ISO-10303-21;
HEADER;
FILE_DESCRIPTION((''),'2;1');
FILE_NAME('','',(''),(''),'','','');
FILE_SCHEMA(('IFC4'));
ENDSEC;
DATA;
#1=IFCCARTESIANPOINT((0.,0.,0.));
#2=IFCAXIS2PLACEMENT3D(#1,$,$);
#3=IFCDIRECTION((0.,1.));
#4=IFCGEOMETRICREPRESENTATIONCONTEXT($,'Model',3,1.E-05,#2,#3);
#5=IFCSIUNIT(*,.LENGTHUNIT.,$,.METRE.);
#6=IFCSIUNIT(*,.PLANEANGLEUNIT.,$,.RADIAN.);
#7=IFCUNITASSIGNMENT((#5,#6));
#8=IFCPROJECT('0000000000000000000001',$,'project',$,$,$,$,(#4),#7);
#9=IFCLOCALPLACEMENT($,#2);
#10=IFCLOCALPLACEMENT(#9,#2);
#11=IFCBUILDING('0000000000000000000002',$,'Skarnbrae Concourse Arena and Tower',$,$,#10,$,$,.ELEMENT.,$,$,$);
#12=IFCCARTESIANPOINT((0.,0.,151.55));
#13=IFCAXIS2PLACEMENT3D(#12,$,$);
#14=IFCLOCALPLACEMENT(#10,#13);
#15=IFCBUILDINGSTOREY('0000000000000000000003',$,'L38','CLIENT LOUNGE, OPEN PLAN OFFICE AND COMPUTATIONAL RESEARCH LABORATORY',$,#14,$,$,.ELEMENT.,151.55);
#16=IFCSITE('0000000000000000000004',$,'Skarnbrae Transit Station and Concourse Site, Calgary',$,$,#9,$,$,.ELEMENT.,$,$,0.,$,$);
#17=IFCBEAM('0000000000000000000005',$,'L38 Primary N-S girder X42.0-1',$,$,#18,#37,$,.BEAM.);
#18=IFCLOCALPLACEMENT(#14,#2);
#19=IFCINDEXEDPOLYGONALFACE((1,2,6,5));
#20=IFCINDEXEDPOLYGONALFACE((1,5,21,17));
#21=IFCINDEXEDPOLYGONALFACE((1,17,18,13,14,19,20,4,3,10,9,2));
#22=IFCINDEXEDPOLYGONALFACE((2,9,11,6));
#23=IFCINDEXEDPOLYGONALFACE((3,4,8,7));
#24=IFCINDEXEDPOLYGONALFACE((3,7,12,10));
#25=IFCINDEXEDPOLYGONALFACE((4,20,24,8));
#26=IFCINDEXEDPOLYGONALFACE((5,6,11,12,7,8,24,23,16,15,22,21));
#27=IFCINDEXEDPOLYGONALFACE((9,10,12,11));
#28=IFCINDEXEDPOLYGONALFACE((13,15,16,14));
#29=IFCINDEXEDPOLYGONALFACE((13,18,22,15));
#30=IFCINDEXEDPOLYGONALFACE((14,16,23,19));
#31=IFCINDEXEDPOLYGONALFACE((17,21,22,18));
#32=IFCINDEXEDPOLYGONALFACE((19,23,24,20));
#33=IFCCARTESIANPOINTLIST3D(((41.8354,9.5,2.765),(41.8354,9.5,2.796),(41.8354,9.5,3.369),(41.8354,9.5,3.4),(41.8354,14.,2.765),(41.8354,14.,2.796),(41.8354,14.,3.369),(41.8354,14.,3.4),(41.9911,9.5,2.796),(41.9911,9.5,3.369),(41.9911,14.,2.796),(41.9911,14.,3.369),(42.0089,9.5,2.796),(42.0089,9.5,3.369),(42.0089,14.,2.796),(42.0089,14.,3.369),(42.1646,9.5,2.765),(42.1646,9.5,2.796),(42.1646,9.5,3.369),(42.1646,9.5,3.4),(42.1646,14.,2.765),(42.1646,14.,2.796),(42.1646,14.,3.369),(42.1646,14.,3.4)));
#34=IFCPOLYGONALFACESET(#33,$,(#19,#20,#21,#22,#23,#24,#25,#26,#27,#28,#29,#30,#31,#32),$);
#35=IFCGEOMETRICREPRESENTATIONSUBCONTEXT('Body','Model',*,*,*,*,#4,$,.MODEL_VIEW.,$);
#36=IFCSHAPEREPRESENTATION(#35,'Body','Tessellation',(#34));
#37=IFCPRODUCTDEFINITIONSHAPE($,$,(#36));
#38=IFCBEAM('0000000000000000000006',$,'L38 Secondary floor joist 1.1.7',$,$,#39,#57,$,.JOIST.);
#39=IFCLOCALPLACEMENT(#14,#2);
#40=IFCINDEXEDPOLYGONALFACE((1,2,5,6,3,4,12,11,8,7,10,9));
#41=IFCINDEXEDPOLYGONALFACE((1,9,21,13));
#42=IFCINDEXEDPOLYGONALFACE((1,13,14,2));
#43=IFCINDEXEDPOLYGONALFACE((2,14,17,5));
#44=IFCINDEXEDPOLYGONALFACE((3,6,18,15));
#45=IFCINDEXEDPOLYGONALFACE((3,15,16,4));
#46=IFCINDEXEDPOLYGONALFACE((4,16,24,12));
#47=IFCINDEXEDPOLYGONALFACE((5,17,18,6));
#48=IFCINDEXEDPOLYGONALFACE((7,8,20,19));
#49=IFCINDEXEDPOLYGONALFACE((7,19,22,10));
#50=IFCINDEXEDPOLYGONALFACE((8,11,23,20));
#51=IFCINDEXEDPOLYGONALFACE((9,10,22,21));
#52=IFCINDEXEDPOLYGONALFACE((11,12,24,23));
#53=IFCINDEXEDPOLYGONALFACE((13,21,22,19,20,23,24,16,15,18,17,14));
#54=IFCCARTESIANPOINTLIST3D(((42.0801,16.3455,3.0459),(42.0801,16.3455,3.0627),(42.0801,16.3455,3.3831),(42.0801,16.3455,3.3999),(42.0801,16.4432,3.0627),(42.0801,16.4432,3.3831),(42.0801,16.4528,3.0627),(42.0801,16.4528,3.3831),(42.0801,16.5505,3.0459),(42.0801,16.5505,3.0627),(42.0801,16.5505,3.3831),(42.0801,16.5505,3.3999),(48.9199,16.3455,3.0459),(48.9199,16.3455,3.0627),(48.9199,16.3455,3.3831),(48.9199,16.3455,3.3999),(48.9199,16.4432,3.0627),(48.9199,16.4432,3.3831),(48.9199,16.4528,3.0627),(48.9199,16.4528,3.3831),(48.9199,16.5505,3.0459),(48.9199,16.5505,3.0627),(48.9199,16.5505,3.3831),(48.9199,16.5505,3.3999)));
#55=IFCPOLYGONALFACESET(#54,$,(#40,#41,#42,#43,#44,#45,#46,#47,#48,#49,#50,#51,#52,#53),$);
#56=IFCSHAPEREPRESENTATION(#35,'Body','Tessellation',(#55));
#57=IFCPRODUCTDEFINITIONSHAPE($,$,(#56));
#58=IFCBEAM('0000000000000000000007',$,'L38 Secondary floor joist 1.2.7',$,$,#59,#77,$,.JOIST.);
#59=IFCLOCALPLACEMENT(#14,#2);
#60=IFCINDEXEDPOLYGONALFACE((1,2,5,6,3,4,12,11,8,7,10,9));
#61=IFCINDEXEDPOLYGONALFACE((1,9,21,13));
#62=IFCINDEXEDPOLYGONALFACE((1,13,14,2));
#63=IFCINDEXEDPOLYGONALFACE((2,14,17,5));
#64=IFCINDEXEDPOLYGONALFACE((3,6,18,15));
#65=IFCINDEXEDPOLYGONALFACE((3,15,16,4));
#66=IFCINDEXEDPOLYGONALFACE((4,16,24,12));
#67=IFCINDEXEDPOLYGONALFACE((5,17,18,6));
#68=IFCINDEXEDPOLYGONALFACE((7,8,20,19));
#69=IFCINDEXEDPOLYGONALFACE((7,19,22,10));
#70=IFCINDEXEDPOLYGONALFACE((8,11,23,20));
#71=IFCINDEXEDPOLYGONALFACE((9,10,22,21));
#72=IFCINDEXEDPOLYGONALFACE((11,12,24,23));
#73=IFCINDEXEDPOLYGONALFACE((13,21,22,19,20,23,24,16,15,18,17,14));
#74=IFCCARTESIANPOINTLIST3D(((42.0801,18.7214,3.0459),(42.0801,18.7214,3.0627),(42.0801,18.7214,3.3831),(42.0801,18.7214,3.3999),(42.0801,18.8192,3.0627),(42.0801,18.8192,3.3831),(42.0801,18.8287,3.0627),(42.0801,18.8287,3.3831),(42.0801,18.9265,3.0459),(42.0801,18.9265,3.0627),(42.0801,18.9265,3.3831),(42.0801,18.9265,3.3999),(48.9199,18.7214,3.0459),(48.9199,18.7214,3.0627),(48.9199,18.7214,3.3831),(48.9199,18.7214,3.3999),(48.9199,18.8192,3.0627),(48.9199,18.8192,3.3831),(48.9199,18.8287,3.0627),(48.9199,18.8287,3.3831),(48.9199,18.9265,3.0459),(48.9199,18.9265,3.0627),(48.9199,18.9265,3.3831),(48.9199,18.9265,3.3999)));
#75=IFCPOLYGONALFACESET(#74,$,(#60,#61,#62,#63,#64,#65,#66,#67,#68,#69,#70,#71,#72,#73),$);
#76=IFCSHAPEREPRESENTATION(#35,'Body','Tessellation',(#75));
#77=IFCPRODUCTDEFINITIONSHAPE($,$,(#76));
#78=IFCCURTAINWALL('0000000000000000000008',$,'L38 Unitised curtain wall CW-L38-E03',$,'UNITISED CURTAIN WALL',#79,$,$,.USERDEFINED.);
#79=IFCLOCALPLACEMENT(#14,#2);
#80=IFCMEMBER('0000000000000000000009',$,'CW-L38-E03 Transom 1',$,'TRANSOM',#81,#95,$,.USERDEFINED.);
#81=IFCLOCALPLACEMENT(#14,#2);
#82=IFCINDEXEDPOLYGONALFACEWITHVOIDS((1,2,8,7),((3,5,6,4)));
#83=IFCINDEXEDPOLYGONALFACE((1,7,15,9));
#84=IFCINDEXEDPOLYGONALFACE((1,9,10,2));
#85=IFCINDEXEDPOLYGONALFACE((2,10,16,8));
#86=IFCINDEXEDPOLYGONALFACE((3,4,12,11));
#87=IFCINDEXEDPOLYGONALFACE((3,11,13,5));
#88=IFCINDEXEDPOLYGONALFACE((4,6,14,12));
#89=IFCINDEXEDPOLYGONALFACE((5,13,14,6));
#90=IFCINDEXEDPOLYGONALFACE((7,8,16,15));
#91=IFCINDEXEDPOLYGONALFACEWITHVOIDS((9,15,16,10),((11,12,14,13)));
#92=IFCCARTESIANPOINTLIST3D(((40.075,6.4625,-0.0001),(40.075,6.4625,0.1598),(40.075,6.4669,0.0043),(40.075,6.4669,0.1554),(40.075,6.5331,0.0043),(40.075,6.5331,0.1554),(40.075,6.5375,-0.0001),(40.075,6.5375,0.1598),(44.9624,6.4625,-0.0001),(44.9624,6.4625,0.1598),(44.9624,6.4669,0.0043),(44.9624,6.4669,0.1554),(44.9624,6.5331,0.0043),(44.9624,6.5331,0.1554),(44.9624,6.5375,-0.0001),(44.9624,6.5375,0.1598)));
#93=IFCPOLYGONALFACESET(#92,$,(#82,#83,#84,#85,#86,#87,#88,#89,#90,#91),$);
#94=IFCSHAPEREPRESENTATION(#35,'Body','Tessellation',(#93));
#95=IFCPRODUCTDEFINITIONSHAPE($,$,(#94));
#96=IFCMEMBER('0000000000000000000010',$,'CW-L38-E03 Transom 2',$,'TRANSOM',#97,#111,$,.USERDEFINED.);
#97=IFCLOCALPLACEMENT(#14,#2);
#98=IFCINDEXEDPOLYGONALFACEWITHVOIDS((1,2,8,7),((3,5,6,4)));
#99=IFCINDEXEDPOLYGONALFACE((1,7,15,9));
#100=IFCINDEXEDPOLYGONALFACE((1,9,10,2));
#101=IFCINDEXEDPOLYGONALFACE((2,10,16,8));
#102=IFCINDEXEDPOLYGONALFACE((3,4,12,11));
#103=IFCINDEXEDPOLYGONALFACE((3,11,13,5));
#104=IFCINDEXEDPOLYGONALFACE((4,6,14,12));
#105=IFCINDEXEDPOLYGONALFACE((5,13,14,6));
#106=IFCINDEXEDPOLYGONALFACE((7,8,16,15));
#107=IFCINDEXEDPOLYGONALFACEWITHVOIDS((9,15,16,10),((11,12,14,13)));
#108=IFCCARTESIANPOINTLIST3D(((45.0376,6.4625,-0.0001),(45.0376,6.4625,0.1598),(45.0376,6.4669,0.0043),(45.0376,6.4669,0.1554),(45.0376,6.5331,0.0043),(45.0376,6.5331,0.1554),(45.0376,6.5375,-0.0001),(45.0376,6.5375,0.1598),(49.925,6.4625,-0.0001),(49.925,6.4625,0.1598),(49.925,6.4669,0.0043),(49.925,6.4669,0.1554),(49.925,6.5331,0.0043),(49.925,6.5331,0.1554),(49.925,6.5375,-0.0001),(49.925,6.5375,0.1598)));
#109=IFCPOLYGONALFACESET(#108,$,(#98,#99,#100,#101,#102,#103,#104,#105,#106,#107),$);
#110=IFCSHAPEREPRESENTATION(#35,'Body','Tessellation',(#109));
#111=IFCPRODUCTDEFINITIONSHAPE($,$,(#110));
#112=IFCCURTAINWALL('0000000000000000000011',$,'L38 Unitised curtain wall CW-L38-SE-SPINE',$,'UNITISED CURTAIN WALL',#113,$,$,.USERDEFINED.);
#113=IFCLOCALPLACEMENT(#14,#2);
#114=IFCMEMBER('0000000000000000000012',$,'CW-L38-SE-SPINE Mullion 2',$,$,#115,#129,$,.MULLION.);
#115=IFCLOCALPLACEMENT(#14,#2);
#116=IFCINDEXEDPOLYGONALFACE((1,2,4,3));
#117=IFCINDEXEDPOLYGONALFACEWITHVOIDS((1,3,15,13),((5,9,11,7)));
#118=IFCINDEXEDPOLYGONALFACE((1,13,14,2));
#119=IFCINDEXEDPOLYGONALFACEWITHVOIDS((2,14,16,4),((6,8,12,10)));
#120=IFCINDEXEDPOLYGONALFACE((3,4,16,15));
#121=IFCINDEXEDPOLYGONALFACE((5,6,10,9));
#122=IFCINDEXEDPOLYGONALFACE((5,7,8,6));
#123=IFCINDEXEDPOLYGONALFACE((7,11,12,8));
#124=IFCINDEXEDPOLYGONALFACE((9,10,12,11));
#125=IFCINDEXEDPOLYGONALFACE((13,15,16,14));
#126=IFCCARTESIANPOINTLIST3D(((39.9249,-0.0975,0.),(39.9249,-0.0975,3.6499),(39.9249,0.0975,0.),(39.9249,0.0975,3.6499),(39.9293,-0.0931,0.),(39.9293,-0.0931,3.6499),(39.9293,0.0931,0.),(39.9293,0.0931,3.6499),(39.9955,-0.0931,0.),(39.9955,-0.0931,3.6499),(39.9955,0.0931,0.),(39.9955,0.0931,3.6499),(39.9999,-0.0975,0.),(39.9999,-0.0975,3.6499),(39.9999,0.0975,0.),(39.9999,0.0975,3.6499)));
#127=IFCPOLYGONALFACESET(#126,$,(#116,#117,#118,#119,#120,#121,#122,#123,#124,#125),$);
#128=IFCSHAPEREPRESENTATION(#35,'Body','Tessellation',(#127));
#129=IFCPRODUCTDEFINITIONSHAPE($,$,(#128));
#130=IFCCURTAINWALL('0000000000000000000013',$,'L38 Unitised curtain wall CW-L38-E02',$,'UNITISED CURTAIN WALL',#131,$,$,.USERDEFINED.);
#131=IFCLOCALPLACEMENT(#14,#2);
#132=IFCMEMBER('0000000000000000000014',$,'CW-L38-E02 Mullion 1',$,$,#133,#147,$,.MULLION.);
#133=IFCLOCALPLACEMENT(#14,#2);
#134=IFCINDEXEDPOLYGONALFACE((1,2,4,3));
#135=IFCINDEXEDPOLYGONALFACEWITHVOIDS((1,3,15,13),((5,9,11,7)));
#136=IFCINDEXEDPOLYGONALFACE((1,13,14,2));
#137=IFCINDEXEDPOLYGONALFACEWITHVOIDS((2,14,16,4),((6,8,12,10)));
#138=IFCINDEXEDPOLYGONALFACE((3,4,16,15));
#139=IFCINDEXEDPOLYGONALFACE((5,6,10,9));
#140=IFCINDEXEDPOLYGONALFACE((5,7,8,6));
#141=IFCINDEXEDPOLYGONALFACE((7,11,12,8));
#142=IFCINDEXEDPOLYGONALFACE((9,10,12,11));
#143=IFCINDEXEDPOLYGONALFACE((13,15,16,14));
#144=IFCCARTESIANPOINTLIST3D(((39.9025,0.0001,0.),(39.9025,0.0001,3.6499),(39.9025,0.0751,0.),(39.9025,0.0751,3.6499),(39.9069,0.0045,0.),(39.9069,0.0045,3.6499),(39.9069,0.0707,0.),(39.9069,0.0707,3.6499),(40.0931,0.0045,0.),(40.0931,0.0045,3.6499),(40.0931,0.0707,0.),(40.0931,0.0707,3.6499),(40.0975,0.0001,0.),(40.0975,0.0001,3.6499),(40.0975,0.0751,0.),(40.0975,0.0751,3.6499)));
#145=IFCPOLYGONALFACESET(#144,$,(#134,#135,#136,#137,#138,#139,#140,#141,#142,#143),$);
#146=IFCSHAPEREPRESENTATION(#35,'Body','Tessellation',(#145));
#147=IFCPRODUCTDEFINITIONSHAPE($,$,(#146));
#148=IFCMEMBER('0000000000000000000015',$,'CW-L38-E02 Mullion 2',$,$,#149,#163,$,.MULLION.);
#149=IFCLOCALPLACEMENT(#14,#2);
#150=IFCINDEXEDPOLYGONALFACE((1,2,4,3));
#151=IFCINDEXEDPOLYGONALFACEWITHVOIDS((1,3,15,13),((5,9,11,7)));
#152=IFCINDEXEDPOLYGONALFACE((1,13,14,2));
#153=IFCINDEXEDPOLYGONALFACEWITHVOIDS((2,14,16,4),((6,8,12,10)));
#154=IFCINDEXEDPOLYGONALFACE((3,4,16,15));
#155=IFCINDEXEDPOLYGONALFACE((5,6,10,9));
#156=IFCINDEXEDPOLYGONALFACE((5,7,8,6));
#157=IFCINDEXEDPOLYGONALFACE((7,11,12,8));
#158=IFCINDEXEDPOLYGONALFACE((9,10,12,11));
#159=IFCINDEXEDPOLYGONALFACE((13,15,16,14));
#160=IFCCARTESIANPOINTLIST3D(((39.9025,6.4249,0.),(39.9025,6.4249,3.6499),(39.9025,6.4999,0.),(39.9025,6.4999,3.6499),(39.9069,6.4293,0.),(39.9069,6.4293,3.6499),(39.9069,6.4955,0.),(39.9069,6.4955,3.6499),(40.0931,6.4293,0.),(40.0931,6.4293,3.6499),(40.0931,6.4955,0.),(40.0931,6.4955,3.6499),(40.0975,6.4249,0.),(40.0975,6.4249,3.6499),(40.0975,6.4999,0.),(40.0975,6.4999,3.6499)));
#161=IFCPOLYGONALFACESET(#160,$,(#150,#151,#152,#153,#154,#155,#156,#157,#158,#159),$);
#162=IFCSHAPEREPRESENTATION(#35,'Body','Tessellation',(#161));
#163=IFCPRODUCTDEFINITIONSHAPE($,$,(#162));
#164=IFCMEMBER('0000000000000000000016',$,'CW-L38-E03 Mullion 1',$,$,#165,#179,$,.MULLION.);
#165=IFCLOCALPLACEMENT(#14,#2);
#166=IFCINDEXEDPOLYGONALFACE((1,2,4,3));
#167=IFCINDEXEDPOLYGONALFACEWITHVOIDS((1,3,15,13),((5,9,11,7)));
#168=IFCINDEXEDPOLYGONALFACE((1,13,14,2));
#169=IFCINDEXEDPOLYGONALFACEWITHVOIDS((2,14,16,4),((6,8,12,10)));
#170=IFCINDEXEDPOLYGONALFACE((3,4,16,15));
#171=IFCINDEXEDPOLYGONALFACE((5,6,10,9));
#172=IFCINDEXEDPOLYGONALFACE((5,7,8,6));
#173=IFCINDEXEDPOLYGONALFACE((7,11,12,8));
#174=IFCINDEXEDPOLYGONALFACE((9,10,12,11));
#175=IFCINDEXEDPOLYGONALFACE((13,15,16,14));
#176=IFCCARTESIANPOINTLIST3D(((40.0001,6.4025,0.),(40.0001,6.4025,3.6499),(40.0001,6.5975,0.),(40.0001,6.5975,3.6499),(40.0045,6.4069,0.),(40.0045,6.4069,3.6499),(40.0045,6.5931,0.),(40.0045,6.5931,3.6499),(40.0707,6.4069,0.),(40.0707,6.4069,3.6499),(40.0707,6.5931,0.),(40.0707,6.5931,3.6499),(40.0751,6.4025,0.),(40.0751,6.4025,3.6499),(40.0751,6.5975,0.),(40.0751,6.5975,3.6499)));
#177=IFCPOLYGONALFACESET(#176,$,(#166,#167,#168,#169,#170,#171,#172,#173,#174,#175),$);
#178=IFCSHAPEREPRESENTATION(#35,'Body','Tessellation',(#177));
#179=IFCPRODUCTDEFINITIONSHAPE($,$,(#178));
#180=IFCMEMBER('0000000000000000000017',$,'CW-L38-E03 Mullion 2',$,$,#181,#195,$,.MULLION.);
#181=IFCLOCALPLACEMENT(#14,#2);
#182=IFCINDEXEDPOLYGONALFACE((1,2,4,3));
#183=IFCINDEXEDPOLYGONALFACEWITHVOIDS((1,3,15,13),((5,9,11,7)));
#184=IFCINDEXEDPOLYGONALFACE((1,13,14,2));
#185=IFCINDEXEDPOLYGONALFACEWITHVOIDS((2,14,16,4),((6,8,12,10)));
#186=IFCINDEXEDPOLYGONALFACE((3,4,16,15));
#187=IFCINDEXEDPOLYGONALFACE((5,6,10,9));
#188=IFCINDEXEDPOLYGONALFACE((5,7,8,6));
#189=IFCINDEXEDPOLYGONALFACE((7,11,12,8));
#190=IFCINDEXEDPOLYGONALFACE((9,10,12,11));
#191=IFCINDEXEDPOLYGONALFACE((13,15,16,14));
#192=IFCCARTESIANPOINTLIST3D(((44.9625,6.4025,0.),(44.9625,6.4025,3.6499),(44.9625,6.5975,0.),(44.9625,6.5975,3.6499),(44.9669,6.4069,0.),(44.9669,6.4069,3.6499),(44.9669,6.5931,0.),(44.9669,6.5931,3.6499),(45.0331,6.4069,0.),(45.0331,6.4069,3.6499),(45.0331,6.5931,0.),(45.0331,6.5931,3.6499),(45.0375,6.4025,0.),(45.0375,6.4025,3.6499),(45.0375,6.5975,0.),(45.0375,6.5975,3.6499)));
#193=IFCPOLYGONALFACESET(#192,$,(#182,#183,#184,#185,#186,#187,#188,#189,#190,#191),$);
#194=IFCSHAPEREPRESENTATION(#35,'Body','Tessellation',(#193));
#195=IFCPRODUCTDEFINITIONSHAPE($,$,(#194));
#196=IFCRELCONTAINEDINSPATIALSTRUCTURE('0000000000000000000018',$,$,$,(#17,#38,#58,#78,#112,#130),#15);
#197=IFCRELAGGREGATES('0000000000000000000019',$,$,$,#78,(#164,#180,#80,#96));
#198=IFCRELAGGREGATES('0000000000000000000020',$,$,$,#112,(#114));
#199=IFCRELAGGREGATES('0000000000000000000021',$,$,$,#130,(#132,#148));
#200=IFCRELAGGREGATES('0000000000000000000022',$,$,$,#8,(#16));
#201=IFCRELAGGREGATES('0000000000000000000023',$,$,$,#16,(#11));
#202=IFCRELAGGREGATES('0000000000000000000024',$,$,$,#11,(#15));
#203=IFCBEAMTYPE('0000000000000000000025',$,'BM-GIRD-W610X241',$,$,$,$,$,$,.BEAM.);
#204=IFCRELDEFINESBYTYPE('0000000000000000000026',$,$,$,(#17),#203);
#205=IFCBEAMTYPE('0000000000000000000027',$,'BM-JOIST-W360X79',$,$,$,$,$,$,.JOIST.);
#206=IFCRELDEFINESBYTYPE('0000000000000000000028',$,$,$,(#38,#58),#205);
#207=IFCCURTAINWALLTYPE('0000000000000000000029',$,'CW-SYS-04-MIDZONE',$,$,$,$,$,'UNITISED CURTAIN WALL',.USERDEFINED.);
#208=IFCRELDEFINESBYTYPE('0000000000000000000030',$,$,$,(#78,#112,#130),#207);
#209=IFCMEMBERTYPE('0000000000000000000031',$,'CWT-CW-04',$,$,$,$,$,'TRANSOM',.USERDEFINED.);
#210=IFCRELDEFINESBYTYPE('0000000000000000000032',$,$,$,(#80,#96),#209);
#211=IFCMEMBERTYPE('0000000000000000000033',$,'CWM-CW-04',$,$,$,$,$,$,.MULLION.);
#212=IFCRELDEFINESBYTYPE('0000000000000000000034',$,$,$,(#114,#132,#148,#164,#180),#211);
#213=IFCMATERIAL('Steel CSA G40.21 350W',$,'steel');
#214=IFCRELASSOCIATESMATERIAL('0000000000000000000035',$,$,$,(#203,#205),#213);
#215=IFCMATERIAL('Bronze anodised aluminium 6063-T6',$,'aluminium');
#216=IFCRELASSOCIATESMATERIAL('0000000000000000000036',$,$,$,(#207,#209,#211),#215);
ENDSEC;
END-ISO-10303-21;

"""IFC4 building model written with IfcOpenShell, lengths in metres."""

from ifc_helpers import new_model, si_unit, direction, frame, origin, origin_2d, place, context, subcontext, project, spatial, hollow_rectangle, i_section, extrude, source, transform, mapped, material, material_profile, profile_set, type_object, element, aggregate, save


model = new_model("IFC4")

# Units and contexts
model_context = context("Model", 3, precision=1e-05, world=origin(), true_north=direction((0.0, 1.0)))
body_context = subcontext(model_context, "Body", "Model", "MODEL_VIEW")
ifc_project = project(units=[si_unit("LENGTHUNIT", "METRE"), si_unit("PLANEANGLEUNIT", "RADIAN")], contexts=[model_context])

# Site, building, storey
site_placement = place(None, origin())
site = spatial("IfcSite", under=ifc_project, at=site_placement, Name="Skarnbrae Transit Station and Concourse Site, Calgary", CompositionType="ELEMENT", RefElevation=0.0)
building_placement = place(site_placement, origin())
building = spatial("IfcBuilding", under=site, at=building_placement, Name="Skarnbrae Concourse Arena and Tower", CompositionType="ELEMENT")
storey_placement = place(building_placement, frame((0.0, 0.0, 151.55)))
storey = spatial("IfcBuildingStorey", under=building, at=storey_placement, Name="L38", Description="CLIENT LOUNGE, OPEN PLAN OFFICE AND COMPUTATIONAL RESEARCH LABORATORY", CompositionType="ELEMENT", Elevation=151.55)

# Shared definitions
ifc_material_1 = material(Name="Steel CSA G40.21 350W", Category="steel")

# Beams
ifc_material_profile_1 = material_profile(ifc_material_1, i_section(OverallWidth=0.3291, OverallDepth=0.635, WebThickness=0.0178, FlangeThickness=0.031, at=origin_2d()), Name="W610X241")
ifc_profile_set_1 = profile_set([ifc_material_profile_1], Name="Steel CSA G40.21 350W")
beam_type_1 = type_object("IfcBeamType", Name="BM-GIRD-W610X241", PredefinedType="BEAM", material=ifc_profile_set_1)
shared_shape_1 = source(origin(), body_context, "Body", "SweptSolid", [
    extrude(i_section(OverallWidth=0.3291, OverallDepth=0.635, WebThickness=0.0178, FlangeThickness=0.031, at=origin_2d()), origin(), (0.0, 0.0, 1.0), 4.5),
])
beam_1_placement = place(storey_placement, frame((42.0, 9.5, 3.0825), z_axis=(0.0, 1.0, 0.0), x_axis=(-1.0, 0.0, 0.0)))
element("IfcBeam", 1, at=beam_1_placement, inside=storey, type_object=beam_type_1, Name="L38 Primary N-S girder X42.0-1", PredefinedType="BEAM", context=body_context, shape_type="MappedRepresentation", body=[
    mapped(shared_shape_1, transform((0.0, 0.0, 0.0))),
])
ifc_material_profile_2 = material_profile(ifc_material_1, i_section(OverallWidth=0.2051, OverallDepth=0.354, WebThickness=0.0095, FlangeThickness=0.0168, at=origin_2d()), Name="W360X79")
ifc_profile_set_2 = profile_set([ifc_material_profile_2], Name="Steel CSA G40.21 350W")
beam_type_2 = type_object("IfcBeamType", Name="BM-JOIST-W360X79", PredefinedType="JOIST", material=ifc_profile_set_2)
shared_shape_2 = source(origin(), body_context, "Body", "SweptSolid", [
    extrude(i_section(OverallWidth=0.2051, OverallDepth=0.354, WebThickness=0.0095, FlangeThickness=0.0168, at=origin_2d()), origin(), (0.0, 0.0, 1.0), 6.8398),
])
for number, where, z_axis, x_axis, name in (
    (2, (42.0801, 16.448, 3.2229), (1.0, 0.0, 0.0), (0.0, 1.0, 0.0), "L38 Secondary floor joist 1.1.7"),
    (3, (42.0801, 18.824, 3.2229), (1.0, 0.0, 0.0), (0.0, 1.0, 0.0), "L38 Secondary floor joist 1.2.7"),
):
    element("IfcBeam", number, at=place(storey_placement, frame(where, z_axis=z_axis, x_axis=x_axis)), inside=storey, type_object=beam_type_2, Name=name, PredefinedType="JOIST", context=body_context, shape_type="MappedRepresentation", body=[
        mapped(shared_shape_2, transform((0.0, 0.0, 0.0))),
    ])

# Curtain wall, members
ifc_material_2 = material(Name="Bronze anodised aluminium 6063-T6", Category="aluminium")
curtain_wall_type = type_object("IfcCurtainWallType", Name="CW-SYS-04-MIDZONE", ElementType="UNITISED CURTAIN WALL", PredefinedType="USERDEFINED", material=ifc_material_2)
curtain_wall_1_placement = place(storey_placement, origin())
curtain_wall_1 = element("IfcCurtainWall", 4, at=curtain_wall_1_placement, inside=storey, type_object=curtain_wall_type, Name="L38 Unitised curtain wall CW-L38-E03", ObjectType="UNITISED CURTAIN WALL", PredefinedType="USERDEFINED")
ifc_material_profile_3 = material_profile(ifc_material_2, hollow_rectangle(XDim=0.075, YDim=0.1599, WallThickness=0.0044, at=origin_2d()), Name="ALU-TRAN-75X160")
ifc_profile_set_3 = profile_set([ifc_material_profile_3], Name="Bronze anodised aluminium 6063-T6")
member_type_1 = type_object("IfcMemberType", Name="CWT-CW-04", ElementType="TRANSOM", PredefinedType="USERDEFINED", material=ifc_profile_set_3)
shared_shape_3 = source(origin(), body_context, "Body", "SweptSolid", [
    extrude(hollow_rectangle(XDim=0.075, YDim=0.1599, WallThickness=0.0044, at=origin_2d()), origin(), (0.0, 0.0, 1.0), 4.8875),
])
member_1_placement = place(storey_placement, frame((40.075, 6.5, 0.0798), z_axis=(1.0, 0.0, 0.0), x_axis=(0.0, 1.0, 0.0)))
member_1 = element("IfcMember", 5, at=member_1_placement, type_object=member_type_1, Name="CW-L38-E03 Transom 1", ObjectType="TRANSOM", PredefinedType="USERDEFINED", context=body_context, shape_type="MappedRepresentation", body=[
    mapped(shared_shape_3, transform((0.0, 0.0, 0.0))),
])
member_2_placement = place(storey_placement, frame((45.0376, 6.5, 0.0798), z_axis=(1.0, 0.0, 0.0), x_axis=(0.0, 1.0, 0.0)))
member_2 = element("IfcMember", 6, at=member_2_placement, type_object=member_type_1, Name="CW-L38-E03 Transom 2", ObjectType="TRANSOM", PredefinedType="USERDEFINED", context=body_context, shape_type="MappedRepresentation", body=[
    mapped(shared_shape_3, transform((0.0, 0.0, 0.0))),
])

# Curtain wall, member
curtain_wall_2_placement = place(storey_placement, origin())
curtain_wall_2 = element("IfcCurtainWall", 7, at=curtain_wall_2_placement, inside=storey, type_object=curtain_wall_type, Name="L38 Unitised curtain wall CW-L38-SE-SPINE", ObjectType="UNITISED CURTAIN WALL", PredefinedType="USERDEFINED")
ifc_material_profile_4 = material_profile(ifc_material_2, hollow_rectangle(XDim=0.075, YDim=0.1951, WallThickness=0.0044, at=origin_2d()), Name="ALU-MULL-75X195")
ifc_profile_set_4 = profile_set([ifc_material_profile_4], Name="Bronze anodised aluminium 6063-T6")
member_type_2 = type_object("IfcMemberType", Name="CWM-CW-04", PredefinedType="MULLION", material=ifc_profile_set_4)
shared_shape_4 = source(origin(), body_context, "Body", "SweptSolid", [
    extrude(hollow_rectangle(XDim=0.075, YDim=0.1951, WallThickness=0.0044, at=origin_2d()), origin(), (0.0, 0.0, 1.0), 3.6499),
])
member_3_placement = place(storey_placement, frame((39.9624, 0.0, 0.0), z_axis=(0.0, 0.0, 1.0), x_axis=(1.0, 0.0, 0.0)))
member_3 = element("IfcMember", 8, at=member_3_placement, type_object=member_type_2, Name="CW-L38-SE-SPINE Mullion 2", PredefinedType="MULLION", context=body_context, shape_type="MappedRepresentation", body=[
    mapped(shared_shape_4, transform((0.0, 0.0, 0.0))),
])

# Curtain wall, members
curtain_wall_3_placement = place(storey_placement, origin())
curtain_wall_3 = element("IfcCurtainWall", 9, at=curtain_wall_3_placement, inside=storey, type_object=curtain_wall_type, Name="L38 Unitised curtain wall CW-L38-E02", ObjectType="UNITISED CURTAIN WALL", PredefinedType="USERDEFINED")
member_4_placement = place(storey_placement, frame((40.0, 0.0376, 0.0), z_axis=(0.0, 0.0, 1.0), x_axis=(0.0, 1.0, 0.0)))
member_4 = element("IfcMember", 10, at=member_4_placement, type_object=member_type_2, Name="CW-L38-E02 Mullion 1", PredefinedType="MULLION", context=body_context, shape_type="MappedRepresentation", body=[
    mapped(shared_shape_4, transform((0.0, 0.0, 0.0))),
])
member_5_placement = place(storey_placement, frame((40.0, 6.4624, 0.0), z_axis=(0.0, 0.0, 1.0), x_axis=(0.0, 1.0, 0.0)))
member_5 = element("IfcMember", 11, at=member_5_placement, type_object=member_type_2, Name="CW-L38-E02 Mullion 2", PredefinedType="MULLION", context=body_context, shape_type="MappedRepresentation", body=[
    mapped(shared_shape_4, transform((0.0, 0.0, 0.0))),
])

# Members
member_6_placement = place(storey_placement, frame((40.0376, 6.5, 0.0), z_axis=(0.0, 0.0, 1.0), x_axis=(1.0, 0.0, 0.0)))
member_6 = element("IfcMember", 12, at=member_6_placement, type_object=member_type_2, Name="CW-L38-E03 Mullion 1", PredefinedType="MULLION", context=body_context, shape_type="MappedRepresentation", body=[
    mapped(shared_shape_4, transform((0.0, 0.0, 0.0))),
])
member_7_placement = place(storey_placement, frame((45.0, 6.5, 0.0), z_axis=(0.0, 0.0, 1.0), x_axis=(1.0, 0.0, 0.0)))
member_7 = element("IfcMember", 13, at=member_7_placement, type_object=member_type_2, Name="CW-L38-E03 Mullion 2", PredefinedType="MULLION", context=body_context, shape_type="MappedRepresentation", body=[
    mapped(shared_shape_4, transform((0.0, 0.0, 0.0))),
])

aggregate(curtain_wall_1, [member_6, member_7, member_1, member_2])
aggregate(curtain_wall_2, [member_3])
aggregate(curtain_wall_3, [member_4, member_5])

save(model, "model.ifc")
